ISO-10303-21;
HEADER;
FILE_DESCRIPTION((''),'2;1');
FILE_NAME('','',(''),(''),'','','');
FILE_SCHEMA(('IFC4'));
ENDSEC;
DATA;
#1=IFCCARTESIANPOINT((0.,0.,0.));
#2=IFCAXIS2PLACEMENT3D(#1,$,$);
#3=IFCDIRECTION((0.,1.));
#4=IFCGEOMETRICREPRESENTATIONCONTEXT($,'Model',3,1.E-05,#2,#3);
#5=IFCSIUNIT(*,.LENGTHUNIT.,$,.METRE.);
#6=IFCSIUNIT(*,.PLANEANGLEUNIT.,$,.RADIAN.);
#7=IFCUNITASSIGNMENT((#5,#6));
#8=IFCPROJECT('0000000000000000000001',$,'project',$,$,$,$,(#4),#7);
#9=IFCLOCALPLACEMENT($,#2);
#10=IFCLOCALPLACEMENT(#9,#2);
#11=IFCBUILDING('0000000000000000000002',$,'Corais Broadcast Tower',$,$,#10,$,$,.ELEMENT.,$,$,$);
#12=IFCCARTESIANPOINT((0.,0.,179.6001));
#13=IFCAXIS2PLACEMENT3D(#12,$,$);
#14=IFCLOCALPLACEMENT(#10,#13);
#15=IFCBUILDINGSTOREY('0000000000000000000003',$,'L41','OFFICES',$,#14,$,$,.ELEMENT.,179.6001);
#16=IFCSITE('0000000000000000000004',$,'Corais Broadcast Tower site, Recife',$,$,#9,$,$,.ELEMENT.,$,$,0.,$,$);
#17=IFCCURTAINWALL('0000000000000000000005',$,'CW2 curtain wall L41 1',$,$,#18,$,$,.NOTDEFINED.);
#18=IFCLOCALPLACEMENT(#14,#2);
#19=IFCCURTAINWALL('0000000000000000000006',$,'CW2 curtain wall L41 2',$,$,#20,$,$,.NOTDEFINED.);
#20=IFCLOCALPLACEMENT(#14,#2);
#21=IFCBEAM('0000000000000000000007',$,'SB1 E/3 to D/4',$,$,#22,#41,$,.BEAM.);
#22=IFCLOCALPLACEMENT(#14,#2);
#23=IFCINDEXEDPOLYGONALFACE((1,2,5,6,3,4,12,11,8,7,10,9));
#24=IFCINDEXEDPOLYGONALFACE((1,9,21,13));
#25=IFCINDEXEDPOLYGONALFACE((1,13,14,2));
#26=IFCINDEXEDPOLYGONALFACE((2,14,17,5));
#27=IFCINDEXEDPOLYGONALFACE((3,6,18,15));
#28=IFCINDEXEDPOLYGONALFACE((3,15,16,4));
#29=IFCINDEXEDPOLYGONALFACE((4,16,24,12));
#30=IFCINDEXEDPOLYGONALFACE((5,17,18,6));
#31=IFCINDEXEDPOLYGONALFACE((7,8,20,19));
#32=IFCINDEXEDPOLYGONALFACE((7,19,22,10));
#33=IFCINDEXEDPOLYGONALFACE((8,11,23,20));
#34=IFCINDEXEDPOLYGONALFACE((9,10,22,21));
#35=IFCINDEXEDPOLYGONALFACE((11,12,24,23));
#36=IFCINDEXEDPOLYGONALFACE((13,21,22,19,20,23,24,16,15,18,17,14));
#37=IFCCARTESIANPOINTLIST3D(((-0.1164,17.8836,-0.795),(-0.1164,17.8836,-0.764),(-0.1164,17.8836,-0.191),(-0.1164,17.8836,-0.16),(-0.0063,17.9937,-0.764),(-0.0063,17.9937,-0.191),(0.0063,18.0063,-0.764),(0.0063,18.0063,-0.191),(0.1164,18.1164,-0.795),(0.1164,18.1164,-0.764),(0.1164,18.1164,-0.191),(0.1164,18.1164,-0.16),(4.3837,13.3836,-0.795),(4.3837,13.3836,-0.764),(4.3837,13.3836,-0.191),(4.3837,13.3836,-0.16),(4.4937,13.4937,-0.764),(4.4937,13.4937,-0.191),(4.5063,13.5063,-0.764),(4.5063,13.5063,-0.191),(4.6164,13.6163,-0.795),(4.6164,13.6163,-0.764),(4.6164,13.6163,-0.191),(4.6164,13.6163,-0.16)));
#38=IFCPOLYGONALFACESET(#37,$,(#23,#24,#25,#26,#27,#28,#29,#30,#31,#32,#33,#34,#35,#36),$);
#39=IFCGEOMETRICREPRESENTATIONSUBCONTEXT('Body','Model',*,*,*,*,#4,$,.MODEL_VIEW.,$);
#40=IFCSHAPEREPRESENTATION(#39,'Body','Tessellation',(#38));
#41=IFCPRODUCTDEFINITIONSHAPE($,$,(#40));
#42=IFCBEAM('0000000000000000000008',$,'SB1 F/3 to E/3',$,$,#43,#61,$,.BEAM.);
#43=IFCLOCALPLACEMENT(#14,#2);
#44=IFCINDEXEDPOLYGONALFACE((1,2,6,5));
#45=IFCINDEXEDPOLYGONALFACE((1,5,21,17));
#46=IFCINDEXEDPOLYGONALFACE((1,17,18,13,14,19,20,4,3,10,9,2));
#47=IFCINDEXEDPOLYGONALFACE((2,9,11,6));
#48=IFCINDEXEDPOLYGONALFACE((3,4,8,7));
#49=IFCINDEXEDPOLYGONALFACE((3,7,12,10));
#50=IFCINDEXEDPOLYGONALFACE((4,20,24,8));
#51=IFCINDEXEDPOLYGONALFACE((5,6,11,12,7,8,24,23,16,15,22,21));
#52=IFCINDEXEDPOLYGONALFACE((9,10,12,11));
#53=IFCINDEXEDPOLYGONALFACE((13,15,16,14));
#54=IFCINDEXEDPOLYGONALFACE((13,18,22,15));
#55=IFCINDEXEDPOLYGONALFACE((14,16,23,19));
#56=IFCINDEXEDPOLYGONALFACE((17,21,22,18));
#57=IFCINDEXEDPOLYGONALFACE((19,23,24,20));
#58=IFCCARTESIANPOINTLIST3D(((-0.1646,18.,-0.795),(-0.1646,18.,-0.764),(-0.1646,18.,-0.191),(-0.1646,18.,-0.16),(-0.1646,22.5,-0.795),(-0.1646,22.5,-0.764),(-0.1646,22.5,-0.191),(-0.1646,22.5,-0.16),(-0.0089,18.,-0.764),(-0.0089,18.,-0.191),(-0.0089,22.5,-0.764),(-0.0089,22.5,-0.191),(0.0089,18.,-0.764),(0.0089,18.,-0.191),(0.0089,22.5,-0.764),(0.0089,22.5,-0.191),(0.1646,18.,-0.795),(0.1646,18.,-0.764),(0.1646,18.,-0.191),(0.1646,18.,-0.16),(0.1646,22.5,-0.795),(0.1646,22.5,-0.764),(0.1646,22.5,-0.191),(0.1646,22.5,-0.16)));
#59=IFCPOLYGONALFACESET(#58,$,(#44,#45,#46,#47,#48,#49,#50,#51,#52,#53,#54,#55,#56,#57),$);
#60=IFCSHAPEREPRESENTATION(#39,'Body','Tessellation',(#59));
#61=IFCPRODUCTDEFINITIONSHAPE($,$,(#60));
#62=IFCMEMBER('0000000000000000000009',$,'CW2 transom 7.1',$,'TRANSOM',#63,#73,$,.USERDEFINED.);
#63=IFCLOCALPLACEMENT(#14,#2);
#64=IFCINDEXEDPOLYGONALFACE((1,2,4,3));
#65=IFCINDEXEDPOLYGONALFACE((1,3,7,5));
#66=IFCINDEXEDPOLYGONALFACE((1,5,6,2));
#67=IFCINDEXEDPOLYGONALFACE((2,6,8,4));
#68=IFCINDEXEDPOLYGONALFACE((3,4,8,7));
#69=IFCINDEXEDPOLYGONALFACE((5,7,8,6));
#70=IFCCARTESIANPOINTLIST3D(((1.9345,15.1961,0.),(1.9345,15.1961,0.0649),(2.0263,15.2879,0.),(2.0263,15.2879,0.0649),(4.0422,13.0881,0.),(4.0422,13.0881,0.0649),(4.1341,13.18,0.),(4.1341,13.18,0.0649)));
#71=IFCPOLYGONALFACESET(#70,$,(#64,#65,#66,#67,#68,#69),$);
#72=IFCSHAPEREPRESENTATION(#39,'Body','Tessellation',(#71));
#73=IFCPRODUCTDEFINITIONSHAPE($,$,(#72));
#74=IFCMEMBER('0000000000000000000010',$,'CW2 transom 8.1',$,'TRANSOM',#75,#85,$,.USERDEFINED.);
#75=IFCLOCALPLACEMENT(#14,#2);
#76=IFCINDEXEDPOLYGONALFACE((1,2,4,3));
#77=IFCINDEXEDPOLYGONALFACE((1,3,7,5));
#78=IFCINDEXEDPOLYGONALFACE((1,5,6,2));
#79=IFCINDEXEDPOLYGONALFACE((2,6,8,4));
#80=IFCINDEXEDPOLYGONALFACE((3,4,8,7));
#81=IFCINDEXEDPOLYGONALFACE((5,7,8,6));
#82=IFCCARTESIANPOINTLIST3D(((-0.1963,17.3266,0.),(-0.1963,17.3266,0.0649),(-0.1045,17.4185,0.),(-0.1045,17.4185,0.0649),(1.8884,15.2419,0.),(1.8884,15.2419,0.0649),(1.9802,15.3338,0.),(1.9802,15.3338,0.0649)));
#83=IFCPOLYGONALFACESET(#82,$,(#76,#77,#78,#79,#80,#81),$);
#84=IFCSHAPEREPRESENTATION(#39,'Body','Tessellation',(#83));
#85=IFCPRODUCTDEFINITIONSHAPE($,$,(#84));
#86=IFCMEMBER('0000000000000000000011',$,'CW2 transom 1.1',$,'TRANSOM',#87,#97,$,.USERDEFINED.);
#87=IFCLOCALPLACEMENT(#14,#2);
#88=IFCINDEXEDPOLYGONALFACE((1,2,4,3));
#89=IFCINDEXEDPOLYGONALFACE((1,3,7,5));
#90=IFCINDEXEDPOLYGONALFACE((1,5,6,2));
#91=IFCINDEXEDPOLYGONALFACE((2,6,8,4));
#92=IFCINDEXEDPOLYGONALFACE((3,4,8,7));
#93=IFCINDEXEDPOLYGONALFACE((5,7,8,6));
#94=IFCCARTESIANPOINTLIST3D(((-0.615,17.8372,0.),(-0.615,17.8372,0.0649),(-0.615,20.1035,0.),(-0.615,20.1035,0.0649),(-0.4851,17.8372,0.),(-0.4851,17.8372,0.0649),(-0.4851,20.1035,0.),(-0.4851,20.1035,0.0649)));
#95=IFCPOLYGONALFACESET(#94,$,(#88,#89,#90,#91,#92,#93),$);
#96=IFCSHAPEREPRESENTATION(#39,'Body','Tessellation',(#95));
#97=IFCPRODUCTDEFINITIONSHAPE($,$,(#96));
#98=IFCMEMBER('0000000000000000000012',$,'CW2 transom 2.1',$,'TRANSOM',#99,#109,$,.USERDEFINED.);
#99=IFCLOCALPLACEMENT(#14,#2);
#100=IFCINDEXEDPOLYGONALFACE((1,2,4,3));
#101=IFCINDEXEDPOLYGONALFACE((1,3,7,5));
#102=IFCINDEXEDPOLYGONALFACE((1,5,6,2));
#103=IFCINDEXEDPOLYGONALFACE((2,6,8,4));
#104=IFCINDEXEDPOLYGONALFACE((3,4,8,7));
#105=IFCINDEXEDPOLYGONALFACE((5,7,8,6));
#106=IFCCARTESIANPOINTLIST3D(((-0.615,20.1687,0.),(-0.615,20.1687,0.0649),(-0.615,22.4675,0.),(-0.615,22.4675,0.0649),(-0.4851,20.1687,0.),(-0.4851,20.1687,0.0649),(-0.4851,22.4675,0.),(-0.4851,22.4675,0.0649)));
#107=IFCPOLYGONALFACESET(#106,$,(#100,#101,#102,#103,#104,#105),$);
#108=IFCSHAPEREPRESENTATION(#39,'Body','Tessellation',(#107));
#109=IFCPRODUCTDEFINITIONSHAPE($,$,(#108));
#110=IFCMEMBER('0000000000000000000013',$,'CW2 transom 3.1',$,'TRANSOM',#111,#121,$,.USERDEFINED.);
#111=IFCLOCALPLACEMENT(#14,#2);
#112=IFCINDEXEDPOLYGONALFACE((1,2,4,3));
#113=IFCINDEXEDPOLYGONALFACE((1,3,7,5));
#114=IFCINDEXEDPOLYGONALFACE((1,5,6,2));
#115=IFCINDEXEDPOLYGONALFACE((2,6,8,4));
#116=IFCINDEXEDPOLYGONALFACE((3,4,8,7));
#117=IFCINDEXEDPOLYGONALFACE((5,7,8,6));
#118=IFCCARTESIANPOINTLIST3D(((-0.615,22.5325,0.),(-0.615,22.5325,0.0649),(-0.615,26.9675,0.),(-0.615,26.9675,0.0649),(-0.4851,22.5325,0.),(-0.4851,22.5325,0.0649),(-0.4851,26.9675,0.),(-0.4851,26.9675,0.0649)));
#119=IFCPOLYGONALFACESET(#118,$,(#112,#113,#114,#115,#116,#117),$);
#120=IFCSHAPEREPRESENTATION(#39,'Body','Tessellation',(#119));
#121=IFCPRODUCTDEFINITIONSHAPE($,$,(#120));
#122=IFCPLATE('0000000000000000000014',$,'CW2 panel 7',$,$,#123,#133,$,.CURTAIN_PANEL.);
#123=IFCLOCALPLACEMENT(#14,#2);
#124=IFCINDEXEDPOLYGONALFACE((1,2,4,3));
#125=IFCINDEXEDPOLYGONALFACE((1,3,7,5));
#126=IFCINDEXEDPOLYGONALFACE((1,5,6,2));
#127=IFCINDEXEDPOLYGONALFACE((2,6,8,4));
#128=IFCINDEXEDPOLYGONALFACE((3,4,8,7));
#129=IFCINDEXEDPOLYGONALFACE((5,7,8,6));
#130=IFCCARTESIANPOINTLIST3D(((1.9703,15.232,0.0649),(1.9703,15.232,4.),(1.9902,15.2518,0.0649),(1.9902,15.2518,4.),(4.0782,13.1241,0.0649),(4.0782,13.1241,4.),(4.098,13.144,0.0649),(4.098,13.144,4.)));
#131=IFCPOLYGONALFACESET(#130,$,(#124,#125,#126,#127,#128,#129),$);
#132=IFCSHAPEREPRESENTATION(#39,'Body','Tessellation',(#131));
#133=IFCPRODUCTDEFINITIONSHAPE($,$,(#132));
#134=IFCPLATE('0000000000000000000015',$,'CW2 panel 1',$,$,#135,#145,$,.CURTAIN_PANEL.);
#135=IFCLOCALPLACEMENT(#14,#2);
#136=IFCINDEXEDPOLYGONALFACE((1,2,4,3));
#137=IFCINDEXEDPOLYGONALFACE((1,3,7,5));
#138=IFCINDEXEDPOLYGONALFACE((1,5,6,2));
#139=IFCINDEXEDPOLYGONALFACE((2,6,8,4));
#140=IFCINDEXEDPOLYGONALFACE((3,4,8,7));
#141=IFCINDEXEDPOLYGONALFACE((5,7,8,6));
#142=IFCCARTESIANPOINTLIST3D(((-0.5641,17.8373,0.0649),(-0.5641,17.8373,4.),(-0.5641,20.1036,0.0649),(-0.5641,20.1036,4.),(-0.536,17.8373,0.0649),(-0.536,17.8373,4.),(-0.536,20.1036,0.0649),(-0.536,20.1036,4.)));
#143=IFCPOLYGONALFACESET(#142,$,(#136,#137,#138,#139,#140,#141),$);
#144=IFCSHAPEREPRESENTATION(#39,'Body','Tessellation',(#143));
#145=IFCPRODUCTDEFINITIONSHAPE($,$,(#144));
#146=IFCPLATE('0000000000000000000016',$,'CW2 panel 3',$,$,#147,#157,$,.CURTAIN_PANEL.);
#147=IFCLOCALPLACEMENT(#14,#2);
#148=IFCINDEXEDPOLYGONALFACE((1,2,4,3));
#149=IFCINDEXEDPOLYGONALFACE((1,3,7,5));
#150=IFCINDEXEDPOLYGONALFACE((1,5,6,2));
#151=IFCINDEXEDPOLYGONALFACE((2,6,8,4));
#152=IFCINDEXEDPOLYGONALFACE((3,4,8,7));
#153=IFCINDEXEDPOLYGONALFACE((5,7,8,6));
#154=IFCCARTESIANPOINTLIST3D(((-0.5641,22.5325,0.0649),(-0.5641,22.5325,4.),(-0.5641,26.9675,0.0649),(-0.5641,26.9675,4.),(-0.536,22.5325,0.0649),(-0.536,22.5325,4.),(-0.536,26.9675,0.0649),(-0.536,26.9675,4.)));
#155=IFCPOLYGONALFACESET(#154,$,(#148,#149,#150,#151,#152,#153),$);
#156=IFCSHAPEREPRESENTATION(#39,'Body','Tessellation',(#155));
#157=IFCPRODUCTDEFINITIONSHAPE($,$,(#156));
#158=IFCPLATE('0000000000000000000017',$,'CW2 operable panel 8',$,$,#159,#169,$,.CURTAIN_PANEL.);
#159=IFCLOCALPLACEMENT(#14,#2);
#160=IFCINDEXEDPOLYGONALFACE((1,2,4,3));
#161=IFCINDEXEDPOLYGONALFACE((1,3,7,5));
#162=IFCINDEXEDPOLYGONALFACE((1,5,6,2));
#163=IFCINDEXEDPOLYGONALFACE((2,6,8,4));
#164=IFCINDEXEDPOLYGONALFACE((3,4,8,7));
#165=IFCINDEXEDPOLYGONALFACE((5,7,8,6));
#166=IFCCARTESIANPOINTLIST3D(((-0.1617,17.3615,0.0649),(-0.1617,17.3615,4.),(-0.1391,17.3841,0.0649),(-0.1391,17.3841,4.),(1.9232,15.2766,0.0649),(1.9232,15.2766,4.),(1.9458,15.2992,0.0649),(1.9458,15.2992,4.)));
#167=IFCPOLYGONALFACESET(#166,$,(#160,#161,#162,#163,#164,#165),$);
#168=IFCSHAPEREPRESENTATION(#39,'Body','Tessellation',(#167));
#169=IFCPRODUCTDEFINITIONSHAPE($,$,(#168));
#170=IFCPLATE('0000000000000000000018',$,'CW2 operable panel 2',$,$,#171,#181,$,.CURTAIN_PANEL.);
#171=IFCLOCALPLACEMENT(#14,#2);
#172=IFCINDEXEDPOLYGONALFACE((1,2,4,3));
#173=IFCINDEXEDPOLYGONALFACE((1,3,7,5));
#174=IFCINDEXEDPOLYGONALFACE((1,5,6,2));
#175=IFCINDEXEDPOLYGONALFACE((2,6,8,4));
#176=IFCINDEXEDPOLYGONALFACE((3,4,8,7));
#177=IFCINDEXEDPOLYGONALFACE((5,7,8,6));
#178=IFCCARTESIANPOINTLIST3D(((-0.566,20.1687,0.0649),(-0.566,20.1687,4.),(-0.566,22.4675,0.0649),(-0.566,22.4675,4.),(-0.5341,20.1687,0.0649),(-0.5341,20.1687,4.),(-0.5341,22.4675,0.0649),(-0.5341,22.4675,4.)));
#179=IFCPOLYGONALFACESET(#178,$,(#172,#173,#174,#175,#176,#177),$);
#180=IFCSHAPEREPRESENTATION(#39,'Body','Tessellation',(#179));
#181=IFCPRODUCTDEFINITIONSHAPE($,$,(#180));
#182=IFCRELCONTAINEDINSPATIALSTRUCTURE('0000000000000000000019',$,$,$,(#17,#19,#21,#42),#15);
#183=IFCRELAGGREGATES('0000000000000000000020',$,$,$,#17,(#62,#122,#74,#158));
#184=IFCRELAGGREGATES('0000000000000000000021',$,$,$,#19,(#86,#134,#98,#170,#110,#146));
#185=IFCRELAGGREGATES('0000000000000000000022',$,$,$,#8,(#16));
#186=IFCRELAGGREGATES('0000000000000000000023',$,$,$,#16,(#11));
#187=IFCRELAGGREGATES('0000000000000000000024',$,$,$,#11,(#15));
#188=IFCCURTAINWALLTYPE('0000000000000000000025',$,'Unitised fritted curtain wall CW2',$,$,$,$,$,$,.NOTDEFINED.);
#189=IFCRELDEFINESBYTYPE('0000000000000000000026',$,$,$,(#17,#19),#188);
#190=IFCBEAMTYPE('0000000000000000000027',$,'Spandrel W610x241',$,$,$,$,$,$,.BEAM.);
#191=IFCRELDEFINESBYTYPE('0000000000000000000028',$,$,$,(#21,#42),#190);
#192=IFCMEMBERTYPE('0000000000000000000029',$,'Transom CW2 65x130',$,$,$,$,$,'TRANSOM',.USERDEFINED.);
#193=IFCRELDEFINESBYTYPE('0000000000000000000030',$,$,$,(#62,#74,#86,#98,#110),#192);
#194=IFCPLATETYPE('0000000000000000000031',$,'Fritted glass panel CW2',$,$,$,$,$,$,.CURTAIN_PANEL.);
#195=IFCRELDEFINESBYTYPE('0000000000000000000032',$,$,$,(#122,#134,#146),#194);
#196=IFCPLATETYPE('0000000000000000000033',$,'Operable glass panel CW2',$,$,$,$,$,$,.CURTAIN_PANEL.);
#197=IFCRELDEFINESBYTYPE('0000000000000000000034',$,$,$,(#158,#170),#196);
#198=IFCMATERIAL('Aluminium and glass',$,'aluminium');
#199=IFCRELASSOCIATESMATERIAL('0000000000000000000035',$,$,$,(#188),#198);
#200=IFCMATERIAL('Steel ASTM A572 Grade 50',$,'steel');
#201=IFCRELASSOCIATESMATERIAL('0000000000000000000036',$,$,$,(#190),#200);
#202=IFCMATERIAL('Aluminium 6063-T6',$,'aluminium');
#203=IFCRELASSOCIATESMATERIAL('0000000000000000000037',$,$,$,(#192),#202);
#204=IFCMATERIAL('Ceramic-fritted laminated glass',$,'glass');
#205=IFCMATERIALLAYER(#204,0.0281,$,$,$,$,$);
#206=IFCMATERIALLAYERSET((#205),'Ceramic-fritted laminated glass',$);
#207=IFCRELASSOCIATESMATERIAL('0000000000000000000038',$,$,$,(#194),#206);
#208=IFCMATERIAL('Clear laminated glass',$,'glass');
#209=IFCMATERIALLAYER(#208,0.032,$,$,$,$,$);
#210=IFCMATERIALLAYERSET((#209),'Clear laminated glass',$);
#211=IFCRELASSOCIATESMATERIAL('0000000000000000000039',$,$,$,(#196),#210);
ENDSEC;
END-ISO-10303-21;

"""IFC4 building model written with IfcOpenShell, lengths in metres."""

from ifc_helpers import new_model, si_unit, direction, frame, origin, origin_2d, place, context, subcontext, project, spatial, rectangle, i_section, extrude, material, layer, layer_set, material_profile, profile_set, type_object, element, aggregate, save


model = new_model("IFC4")

# Units and contexts
model_context = context("Model", 3, precision=1e-05, world=origin(), true_north=direction((0.0, 1.0)))
body_context = subcontext(model_context, "Body", "Model", "MODEL_VIEW")
ifc_project = project(units=[si_unit("LENGTHUNIT", "METRE"), si_unit("PLANEANGLEUNIT", "RADIAN")], contexts=[model_context])

# Site, building, storey
site_placement = place(None, origin())
site = spatial("IfcSite", under=ifc_project, at=site_placement, Name="Corais Broadcast Tower site, Recife", CompositionType="ELEMENT", RefElevation=0.0)
building_placement = place(site_placement, origin())
building = spatial("IfcBuilding", under=site, at=building_placement, Name="Corais Broadcast Tower", CompositionType="ELEMENT")
storey_placement = place(building_placement, frame((0.0, 0.0, 179.6001)))
storey = spatial("IfcBuildingStorey", under=building, at=storey_placement, Name="L41", Description="OFFICES", CompositionType="ELEMENT", Elevation=179.6001)

# Curtain walls
ifc_material_1 = material(Name="Aluminium and glass", Category="aluminium")
curtain_wall_type = type_object("IfcCurtainWallType", Name="Unitised fritted curtain wall CW2", PredefinedType="NOTDEFINED", material=ifc_material_1)
curtain_wall_1_placement = place(storey_placement, origin())
curtain_wall_1 = element("IfcCurtainWall", 1, at=curtain_wall_1_placement, inside=storey, type_object=curtain_wall_type, Name="CW2 curtain wall L41 1", PredefinedType="NOTDEFINED")
curtain_wall_2_placement = place(storey_placement, origin())
curtain_wall_2 = element("IfcCurtainWall", 2, at=curtain_wall_2_placement, inside=storey, type_object=curtain_wall_type, Name="CW2 curtain wall L41 2", PredefinedType="NOTDEFINED")

# Beams
ifc_material_2 = material(Name="Steel ASTM A572 Grade 50", Category="steel")
ifc_material_profile_1 = material_profile(ifc_material_2, i_section(OverallWidth=0.3291, OverallDepth=0.635, WebThickness=0.0178, FlangeThickness=0.031, at=origin_2d()), Name="W610x241")
ifc_profile_set_1 = profile_set([ifc_material_profile_1], Name="Steel ASTM A572 Grade 50")
beam_type_1 = type_object("IfcBeamType", Name="Spandrel W610x241", PredefinedType="BEAM", material=ifc_profile_set_1)
beam_1_placement = place(storey_placement, frame((0.0, 18.0, -0.4775), z_axis=(0.707107, -0.707107, 0.0), x_axis=(0.707107, 0.707107, 0.0)))
element("IfcBeam", 3, at=beam_1_placement, inside=storey, type_object=beam_type_1, Name="SB1 E/3 to D/4", PredefinedType="BEAM", context=body_context, shape_type="SweptSolid", body=[
    extrude(i_section(OverallWidth=0.3291, OverallDepth=0.635, WebThickness=0.0178, FlangeThickness=0.031, at=origin_2d()), origin(), (0.0, 0.0, 1.0), 6.364),
])
beam_2_placement = place(storey_placement, frame((0.0, 22.5, -0.4775), z_axis=(0.0, -1.0, 0.0), x_axis=(1.0, 0.0, 0.0)))
element("IfcBeam", 4, at=beam_2_placement, inside=storey, type_object=beam_type_1, Name="SB1 F/3 to E/3", PredefinedType="BEAM", context=body_context, shape_type="SweptSolid", body=[
    extrude(i_section(OverallWidth=0.3291, OverallDepth=0.635, WebThickness=0.0178, FlangeThickness=0.031, at=origin_2d()), origin(), (0.0, 0.0, 1.0), 4.5),
])

# Members
ifc_material_3 = material(Name="Aluminium 6063-T6", Category="aluminium")
ifc_material_profile_2 = material_profile(ifc_material_3, rectangle(XDim=0.1299, YDim=0.0649, at=origin_2d()), Name="Transom CW2 65x130")
ifc_profile_set_2 = profile_set([ifc_material_profile_2], Name="Aluminium 6063-T6")
member_type_1 = type_object("IfcMemberType", Name="Transom CW2 65x130", ElementType="TRANSOM", PredefinedType="USERDEFINED", material=ifc_profile_set_2)
member_1_placement = place(storey_placement, frame((4.0881, 13.134, 0.0325), z_axis=(-0.707066, 0.707148, 0.0), x_axis=(-0.707148, -0.707066, 0.0)))
member_1 = element("IfcMember", 5, at=member_1_placement, type_object=member_type_1, Name="CW2 transom 7.1", ObjectType="TRANSOM", PredefinedType="USERDEFINED", context=body_context, shape_type="SweptSolid", body=[
    extrude(rectangle(XDim=0.1299, YDim=0.0649, at=origin_2d()), origin(), (0.0, 0.0, 1.0), 2.981),
])
member_2_placement = place(storey_placement, frame((1.9343, 15.2878, 0.0325), z_axis=(-0.707107, 0.707107, 0.0), x_axis=(-0.707107, -0.707107, 0.0)))
member_2 = element("IfcMember", 6, at=member_2_placement, type_object=member_type_1, Name="CW2 transom 8.1", ObjectType="TRANSOM", PredefinedType="USERDEFINED", context=body_context, shape_type="SweptSolid", body=[
    extrude(rectangle(XDim=0.1299, YDim=0.0649, at=origin_2d()), origin(), (0.0, 0.0, 1.0), 2.9482),
])
member_3_placement = place(storey_placement, frame((-0.55, 17.8372, 0.0325), z_axis=(0.0, 1.0, 0.0), x_axis=(-1.0, 0.0, 0.0)))
member_3 = element("IfcMember", 7, at=member_3_placement, type_object=member_type_1, Name="CW2 transom 1.1", ObjectType="TRANSOM", PredefinedType="USERDEFINED", context=body_context, shape_type="SweptSolid", body=[
    extrude(rectangle(XDim=0.1299, YDim=0.0649, at=origin_2d()), origin(), (0.0, 0.0, 1.0), 2.2664),
])
member_4_placement = place(storey_placement, frame((-0.55, 20.1687, 0.0325), z_axis=(0.0, 1.0, 0.0), x_axis=(-1.0, 0.0, 0.0)))
member_4 = element("IfcMember", 8, at=member_4_placement, type_object=member_type_1, Name="CW2 transom 2.1", ObjectType="TRANSOM", PredefinedType="USERDEFINED", context=body_context, shape_type="SweptSolid", body=[
    extrude(rectangle(XDim=0.1299, YDim=0.0649, at=origin_2d()), origin(), (0.0, 0.0, 1.0), 2.2988),
])
member_5_placement = place(storey_placement, frame((-0.55, 22.5325, 0.0325), z_axis=(0.0, 1.0, 0.0), x_axis=(-1.0, 0.0, 0.0)))
member_5 = element("IfcMember", 9, at=member_5_placement, type_object=member_type_1, Name="CW2 transom 3.1", ObjectType="TRANSOM", PredefinedType="USERDEFINED", context=body_context, shape_type="SweptSolid", body=[
    extrude(rectangle(XDim=0.1299, YDim=0.0649, at=origin_2d()), origin(), (0.0, 0.0, 1.0), 4.4351),
])

# Plates
ifc_material_4 = material(Name="Ceramic-fritted laminated glass", Category="glass")
ifc_layer_1 = layer(ifc_material_4, 0.0281)
ifc_layer_set_1 = layer_set([ifc_layer_1], Name="Ceramic-fritted laminated glass")
plate_type_1 = type_object("IfcPlateType", Name="Fritted glass panel CW2", PredefinedType="CURTAIN_PANEL", material=ifc_layer_set_1)
plate_1_placement = place(storey_placement, frame((3.0342, 14.188, 0.0649), z_axis=(0.0, 0.0, 1.0), x_axis=(-0.707107, 0.707107, 0.0)))
plate_1 = element("IfcPlate", 10, at=plate_1_placement, type_object=plate_type_1, Name="CW2 panel 7", PredefinedType="CURTAIN_PANEL", context=body_context, shape_type="SweptSolid", body=[
    extrude(rectangle(XDim=2.981, YDim=0.0281, at=origin_2d()), origin(), (0.0, 0.0, 1.0), 3.9351),
])
plate_2_placement = place(storey_placement, frame((-0.55, 18.9705, 0.0649), z_axis=(0.0, 0.0, 1.0), x_axis=(0.0, 1.0, 0.0)))
plate_2 = element("IfcPlate", 11, at=plate_2_placement, type_object=plate_type_1, Name="CW2 panel 1", PredefinedType="CURTAIN_PANEL", context=body_context, shape_type="SweptSolid", body=[
    extrude(rectangle(XDim=2.2664, YDim=0.0281, at=origin_2d()), origin(), (0.0, 0.0, 1.0), 3.9351),
])
plate_3_placement = place(storey_placement, frame((-0.55, 24.75, 0.0649), z_axis=(0.0, 0.0, 1.0), x_axis=(0.0, 1.0, 0.0)))
plate_3 = element("IfcPlate", 12, at=plate_3_placement, type_object=plate_type_1, Name="CW2 panel 3", PredefinedType="CURTAIN_PANEL", context=body_context, shape_type="SweptSolid", body=[
    extrude(rectangle(XDim=4.4351, YDim=0.0281, at=origin_2d()), origin(), (0.0, 0.0, 1.0), 3.9351),
])
ifc_material_5 = material(Name="Clear laminated glass", Category="glass")
ifc_layer_2 = layer(ifc_material_5, 0.032)
ifc_layer_set_2 = layer_set([ifc_layer_2], Name="Clear laminated glass")
plate_type_2 = type_object("IfcPlateType", Name="Operable glass panel CW2", PredefinedType="CURTAIN_PANEL", material=ifc_layer_set_2)
plate_4_placement = place(storey_placement, frame((0.8921, 16.3303, 0.0649), z_axis=(0.0, 0.0, 1.0), x_axis=(-0.707107, 0.707107, 0.0)))
plate_4 = element("IfcPlate", 13, at=plate_4_placement, type_object=plate_type_2, Name="CW2 operable panel 8", PredefinedType="CURTAIN_PANEL", context=body_context, shape_type="SweptSolid", body=[
    extrude(rectangle(XDim=2.9485, YDim=0.032, at=origin_2d()), origin(), (0.0, 0.0, 1.0), 3.9351),
])
aggregate(curtain_wall_1, [member_1, plate_1, member_2, plate_4])
plate_5_placement = place(storey_placement, frame((-0.55, 21.3181, 0.0649), z_axis=(0.0, 0.0, 1.0), x_axis=(0.0, 1.0, 0.0)))
plate_5 = element("IfcPlate", 14, at=plate_5_placement, type_object=plate_type_2, Name="CW2 operable panel 2", PredefinedType="CURTAIN_PANEL", context=body_context, shape_type="SweptSolid", body=[
    extrude(rectangle(XDim=2.2988, YDim=0.032, at=origin_2d()), origin(), (0.0, 0.0, 1.0), 3.9351),
])
aggregate(curtain_wall_2, [member_3, plate_2, member_4, plate_5, member_5, plate_3])

save(model, "model.ifc")
